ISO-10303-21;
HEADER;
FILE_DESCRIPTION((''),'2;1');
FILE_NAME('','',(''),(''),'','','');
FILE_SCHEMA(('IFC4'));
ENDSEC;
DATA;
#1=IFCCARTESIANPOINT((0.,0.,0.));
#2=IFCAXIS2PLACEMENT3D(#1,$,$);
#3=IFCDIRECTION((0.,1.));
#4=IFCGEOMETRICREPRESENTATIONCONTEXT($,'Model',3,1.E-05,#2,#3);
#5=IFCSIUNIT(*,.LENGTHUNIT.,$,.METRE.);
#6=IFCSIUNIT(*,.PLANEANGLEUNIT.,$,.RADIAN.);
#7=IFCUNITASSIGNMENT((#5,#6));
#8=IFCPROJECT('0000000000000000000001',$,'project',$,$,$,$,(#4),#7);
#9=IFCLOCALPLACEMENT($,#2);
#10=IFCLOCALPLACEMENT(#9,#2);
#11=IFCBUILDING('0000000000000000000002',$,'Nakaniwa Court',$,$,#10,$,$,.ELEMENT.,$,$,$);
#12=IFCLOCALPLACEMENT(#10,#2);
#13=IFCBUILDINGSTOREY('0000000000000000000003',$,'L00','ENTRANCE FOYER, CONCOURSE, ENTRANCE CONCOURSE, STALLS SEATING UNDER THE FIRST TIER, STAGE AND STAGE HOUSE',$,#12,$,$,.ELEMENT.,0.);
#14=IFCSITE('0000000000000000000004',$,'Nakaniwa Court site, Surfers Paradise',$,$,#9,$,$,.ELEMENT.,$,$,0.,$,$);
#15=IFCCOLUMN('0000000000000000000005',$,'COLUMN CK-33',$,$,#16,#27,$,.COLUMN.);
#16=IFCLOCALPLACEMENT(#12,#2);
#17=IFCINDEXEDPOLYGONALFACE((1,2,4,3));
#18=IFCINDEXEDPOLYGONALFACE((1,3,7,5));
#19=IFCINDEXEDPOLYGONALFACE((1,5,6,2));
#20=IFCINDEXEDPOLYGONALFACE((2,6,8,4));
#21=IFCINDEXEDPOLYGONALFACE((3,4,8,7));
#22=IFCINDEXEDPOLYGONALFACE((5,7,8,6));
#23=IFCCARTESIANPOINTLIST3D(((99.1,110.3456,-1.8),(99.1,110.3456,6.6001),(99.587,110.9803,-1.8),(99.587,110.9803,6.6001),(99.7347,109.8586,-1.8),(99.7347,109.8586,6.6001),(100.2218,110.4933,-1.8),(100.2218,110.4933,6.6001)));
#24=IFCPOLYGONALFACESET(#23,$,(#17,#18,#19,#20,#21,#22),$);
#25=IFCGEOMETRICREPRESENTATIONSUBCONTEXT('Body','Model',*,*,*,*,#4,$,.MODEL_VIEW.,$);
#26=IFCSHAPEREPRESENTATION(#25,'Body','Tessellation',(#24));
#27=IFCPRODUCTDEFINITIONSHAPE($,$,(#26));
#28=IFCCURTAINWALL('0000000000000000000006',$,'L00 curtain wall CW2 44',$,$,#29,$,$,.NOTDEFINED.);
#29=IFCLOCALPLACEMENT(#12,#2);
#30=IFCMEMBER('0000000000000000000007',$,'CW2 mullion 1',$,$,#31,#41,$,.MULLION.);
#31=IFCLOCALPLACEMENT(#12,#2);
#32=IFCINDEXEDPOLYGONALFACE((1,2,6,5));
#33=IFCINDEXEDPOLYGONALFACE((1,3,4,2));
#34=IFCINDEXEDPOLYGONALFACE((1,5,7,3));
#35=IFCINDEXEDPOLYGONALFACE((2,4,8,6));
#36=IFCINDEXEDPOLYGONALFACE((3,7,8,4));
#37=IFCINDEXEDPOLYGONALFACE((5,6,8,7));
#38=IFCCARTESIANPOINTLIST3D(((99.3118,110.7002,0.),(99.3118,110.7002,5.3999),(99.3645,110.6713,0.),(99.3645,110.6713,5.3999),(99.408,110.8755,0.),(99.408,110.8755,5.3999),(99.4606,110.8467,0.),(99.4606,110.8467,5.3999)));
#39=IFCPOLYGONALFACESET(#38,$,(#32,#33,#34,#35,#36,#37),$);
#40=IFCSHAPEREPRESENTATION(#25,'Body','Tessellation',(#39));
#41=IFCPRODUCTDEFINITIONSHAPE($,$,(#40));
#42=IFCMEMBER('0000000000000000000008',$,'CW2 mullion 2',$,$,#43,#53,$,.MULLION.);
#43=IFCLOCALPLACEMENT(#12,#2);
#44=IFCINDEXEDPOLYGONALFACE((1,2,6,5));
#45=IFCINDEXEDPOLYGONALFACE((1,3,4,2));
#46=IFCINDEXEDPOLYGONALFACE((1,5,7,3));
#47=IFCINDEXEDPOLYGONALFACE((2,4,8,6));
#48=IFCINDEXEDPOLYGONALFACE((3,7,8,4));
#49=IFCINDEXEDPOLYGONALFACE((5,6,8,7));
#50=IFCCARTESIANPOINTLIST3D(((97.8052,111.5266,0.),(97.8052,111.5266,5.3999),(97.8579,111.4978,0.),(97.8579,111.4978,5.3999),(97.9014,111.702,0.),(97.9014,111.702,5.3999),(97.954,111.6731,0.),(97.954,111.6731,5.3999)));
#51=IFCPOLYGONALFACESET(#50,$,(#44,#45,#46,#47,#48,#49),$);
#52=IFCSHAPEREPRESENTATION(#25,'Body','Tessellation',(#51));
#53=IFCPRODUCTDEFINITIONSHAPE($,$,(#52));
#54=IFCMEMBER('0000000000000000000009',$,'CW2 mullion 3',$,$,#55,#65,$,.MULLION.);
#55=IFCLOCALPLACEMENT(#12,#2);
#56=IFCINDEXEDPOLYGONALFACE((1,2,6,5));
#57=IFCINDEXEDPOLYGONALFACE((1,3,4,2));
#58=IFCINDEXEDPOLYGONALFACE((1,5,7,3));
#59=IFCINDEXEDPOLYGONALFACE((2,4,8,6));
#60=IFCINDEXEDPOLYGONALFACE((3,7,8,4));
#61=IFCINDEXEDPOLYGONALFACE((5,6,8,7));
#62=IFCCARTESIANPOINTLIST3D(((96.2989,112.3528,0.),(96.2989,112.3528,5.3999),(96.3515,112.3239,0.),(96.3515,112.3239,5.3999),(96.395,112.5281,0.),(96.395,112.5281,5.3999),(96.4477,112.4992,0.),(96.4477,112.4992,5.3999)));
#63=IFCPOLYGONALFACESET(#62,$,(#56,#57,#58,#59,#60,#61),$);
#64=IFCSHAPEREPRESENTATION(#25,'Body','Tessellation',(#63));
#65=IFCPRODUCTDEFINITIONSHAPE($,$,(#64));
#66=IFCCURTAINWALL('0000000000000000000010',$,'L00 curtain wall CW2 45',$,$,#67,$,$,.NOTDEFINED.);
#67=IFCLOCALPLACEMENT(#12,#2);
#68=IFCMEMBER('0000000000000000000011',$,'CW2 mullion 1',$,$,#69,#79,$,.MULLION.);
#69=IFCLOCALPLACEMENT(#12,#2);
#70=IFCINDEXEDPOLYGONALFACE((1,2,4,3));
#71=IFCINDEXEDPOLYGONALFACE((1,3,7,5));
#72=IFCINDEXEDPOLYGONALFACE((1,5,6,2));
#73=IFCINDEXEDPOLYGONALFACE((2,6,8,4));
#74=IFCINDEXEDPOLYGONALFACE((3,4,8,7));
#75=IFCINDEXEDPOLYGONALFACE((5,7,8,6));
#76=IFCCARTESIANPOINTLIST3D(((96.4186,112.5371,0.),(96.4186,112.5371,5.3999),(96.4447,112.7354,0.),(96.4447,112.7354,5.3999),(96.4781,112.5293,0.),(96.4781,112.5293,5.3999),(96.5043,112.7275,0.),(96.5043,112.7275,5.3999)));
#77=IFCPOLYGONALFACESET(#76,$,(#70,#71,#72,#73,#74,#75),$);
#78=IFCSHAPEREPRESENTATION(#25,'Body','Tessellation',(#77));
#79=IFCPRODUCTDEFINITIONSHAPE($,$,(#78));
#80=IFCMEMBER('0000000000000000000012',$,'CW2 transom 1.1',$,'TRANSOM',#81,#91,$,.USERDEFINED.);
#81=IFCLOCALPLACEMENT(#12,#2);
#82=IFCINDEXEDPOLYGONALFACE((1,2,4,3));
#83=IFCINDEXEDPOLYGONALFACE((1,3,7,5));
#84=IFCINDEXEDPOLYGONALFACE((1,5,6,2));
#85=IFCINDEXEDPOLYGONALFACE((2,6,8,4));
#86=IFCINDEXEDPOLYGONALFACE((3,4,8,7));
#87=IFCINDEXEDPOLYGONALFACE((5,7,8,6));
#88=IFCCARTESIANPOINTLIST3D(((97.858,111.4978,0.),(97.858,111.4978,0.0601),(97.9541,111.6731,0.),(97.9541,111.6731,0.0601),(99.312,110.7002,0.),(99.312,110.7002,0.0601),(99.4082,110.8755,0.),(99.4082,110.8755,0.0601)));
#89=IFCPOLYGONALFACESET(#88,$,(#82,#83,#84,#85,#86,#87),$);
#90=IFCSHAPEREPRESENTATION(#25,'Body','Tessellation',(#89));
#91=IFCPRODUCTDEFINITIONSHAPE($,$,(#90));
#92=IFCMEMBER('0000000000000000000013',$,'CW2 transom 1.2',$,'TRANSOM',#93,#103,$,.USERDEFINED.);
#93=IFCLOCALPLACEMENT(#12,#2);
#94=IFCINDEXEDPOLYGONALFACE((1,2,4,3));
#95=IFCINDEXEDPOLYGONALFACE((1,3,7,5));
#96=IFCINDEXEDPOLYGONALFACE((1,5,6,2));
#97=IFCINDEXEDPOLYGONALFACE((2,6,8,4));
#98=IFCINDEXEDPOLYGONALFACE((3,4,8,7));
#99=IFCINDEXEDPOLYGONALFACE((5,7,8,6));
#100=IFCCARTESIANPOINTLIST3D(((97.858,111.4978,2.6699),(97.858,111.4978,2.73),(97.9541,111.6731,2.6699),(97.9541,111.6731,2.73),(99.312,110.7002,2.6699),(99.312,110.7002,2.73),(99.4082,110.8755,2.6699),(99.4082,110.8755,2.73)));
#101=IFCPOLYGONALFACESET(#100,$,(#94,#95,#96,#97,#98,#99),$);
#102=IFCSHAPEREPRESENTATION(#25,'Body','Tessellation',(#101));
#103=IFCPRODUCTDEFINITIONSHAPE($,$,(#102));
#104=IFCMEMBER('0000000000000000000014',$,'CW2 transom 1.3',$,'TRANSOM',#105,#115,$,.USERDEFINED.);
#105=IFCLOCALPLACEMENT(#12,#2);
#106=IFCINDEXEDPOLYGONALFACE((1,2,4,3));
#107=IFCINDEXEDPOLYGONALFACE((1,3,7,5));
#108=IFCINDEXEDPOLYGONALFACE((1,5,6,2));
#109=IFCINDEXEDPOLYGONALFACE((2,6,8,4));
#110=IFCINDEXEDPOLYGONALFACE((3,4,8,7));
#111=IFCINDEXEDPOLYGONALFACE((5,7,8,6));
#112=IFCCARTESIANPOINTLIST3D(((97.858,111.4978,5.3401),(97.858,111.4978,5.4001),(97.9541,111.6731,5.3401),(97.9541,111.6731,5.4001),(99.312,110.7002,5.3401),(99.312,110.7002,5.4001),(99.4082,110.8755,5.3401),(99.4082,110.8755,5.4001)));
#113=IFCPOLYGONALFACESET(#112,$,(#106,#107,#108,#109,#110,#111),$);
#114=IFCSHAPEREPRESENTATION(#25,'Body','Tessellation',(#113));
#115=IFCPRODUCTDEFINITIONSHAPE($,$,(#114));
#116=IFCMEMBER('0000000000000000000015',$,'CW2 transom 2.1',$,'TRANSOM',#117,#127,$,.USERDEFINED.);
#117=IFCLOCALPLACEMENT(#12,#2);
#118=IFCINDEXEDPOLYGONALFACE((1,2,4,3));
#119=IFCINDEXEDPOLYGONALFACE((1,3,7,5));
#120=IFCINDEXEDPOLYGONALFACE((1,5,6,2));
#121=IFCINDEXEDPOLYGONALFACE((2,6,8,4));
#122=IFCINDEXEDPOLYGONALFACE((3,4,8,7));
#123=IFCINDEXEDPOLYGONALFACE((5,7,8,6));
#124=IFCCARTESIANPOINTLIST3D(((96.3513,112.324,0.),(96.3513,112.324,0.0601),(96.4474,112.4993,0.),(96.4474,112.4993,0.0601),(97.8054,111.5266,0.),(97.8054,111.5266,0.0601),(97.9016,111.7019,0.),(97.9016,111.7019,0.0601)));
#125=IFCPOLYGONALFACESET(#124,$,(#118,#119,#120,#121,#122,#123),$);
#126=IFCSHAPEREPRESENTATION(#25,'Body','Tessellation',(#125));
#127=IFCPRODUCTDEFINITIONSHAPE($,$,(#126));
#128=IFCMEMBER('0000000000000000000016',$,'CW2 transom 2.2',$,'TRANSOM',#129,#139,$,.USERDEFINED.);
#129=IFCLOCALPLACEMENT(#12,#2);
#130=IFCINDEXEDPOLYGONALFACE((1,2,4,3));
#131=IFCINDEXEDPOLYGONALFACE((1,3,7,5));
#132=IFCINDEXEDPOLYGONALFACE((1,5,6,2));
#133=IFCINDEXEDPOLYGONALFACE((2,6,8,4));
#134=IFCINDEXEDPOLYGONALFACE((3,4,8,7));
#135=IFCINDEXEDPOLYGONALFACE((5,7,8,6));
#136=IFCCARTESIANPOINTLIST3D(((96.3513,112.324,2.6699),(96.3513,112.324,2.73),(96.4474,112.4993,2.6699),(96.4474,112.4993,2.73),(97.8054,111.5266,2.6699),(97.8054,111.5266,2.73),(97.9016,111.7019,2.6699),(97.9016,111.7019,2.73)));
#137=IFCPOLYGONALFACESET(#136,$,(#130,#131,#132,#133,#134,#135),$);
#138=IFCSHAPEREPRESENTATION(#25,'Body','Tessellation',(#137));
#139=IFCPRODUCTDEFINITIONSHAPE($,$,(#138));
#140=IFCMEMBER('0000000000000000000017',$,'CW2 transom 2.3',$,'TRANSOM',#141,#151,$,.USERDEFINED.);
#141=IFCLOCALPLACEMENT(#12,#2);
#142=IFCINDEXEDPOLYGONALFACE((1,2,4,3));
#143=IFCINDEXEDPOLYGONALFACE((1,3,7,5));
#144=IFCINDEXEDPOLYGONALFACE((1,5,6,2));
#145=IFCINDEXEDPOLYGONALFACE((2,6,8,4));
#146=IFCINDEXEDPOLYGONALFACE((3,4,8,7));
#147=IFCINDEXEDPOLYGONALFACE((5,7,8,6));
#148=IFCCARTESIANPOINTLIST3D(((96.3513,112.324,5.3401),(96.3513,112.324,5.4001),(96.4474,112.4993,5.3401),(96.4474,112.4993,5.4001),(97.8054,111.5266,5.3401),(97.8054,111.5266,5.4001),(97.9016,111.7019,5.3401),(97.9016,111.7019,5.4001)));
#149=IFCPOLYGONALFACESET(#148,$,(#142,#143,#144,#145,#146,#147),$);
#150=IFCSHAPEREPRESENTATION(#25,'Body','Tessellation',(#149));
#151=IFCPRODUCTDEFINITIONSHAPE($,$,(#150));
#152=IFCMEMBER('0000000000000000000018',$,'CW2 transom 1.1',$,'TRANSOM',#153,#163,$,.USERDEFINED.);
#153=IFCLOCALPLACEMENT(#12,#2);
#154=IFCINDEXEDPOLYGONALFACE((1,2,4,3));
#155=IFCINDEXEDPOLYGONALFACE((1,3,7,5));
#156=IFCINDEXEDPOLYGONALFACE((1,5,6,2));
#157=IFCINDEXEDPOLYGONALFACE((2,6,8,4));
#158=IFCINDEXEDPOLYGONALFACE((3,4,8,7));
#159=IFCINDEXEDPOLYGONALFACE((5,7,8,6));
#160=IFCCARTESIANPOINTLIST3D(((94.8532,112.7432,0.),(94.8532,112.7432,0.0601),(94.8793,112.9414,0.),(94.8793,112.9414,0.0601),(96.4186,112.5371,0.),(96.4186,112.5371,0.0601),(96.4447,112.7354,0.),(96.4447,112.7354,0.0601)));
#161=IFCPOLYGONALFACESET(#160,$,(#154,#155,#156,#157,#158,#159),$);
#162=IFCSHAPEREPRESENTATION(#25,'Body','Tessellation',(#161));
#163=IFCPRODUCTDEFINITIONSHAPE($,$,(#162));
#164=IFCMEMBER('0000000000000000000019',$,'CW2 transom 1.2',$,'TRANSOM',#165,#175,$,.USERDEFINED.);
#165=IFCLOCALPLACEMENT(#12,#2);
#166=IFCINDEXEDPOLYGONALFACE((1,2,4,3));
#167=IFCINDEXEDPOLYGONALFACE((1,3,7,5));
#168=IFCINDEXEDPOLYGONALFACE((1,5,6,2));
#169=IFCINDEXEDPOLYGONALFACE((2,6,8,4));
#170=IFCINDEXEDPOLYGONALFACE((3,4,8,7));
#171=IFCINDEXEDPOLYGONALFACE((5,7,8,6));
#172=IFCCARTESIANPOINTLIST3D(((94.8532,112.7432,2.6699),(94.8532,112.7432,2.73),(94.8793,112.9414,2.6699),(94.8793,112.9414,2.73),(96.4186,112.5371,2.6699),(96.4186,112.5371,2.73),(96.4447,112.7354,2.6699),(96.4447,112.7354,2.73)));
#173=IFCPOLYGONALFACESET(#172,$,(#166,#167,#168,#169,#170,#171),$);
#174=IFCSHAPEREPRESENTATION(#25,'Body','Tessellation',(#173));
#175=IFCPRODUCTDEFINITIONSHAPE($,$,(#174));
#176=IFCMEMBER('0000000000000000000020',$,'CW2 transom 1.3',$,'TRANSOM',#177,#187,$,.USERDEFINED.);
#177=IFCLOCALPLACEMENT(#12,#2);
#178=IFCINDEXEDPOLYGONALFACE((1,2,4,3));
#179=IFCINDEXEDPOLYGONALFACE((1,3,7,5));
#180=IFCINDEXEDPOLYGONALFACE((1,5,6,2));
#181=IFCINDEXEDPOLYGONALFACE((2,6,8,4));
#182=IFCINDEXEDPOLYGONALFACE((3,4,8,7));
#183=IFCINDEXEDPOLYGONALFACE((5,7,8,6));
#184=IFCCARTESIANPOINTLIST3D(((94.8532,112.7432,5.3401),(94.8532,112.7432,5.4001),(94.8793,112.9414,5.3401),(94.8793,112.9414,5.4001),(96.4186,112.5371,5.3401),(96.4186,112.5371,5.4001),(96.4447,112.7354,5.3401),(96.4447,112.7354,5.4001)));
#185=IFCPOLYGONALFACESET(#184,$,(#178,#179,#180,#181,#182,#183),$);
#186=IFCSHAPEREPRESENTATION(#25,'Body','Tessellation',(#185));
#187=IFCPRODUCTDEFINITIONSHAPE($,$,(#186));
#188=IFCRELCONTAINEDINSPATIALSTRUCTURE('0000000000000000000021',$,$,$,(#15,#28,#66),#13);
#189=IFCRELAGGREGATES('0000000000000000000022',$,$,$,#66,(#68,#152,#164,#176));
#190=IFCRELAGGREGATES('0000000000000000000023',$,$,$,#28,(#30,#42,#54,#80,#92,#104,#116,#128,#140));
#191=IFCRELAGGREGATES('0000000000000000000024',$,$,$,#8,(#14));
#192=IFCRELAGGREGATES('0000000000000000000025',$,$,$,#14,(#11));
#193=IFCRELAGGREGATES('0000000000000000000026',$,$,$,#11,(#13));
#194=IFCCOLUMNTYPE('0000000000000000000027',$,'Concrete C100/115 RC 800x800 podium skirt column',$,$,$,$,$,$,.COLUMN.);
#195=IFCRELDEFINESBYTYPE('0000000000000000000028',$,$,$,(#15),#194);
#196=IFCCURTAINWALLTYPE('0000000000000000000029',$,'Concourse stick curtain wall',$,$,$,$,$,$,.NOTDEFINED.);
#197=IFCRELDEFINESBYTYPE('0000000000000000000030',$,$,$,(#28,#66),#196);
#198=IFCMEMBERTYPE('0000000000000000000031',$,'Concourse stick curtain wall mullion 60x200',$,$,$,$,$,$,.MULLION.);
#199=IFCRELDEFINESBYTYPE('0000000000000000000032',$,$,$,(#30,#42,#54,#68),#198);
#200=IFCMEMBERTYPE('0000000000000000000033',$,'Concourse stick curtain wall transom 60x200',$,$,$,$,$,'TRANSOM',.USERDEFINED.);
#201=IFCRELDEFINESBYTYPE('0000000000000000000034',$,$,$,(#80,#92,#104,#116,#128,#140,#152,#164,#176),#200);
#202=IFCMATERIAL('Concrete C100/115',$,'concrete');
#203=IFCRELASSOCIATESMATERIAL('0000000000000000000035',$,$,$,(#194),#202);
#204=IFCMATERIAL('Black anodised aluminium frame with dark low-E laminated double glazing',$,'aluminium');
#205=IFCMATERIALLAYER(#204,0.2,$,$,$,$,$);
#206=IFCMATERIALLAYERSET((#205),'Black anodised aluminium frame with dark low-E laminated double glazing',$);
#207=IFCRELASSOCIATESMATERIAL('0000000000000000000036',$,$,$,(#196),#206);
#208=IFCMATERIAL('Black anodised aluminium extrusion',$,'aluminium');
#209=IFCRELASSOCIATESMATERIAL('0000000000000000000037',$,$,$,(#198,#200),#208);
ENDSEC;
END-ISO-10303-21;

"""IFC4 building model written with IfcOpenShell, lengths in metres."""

from ifc_helpers import new_model, si_unit, direction, frame, origin, origin_2d, place, context, subcontext, project, spatial, rectangle, extrude, material, layer, layer_set, material_profile, profile_set, type_object, element, aggregate, save


model = new_model("IFC4")

# Units and contexts
model_context = context("Model", 3, precision=1e-05, world=origin(), true_north=direction((0.0, 1.0)))
body_context = subcontext(model_context, "Body", "Model", "MODEL_VIEW")
ifc_project = project(units=[si_unit("LENGTHUNIT", "METRE"), si_unit("PLANEANGLEUNIT", "RADIAN")], contexts=[model_context])

# Site, building, storey
site_placement = place(None, origin())
site = spatial("IfcSite", under=ifc_project, at=site_placement, Name="Nakaniwa Court site, Surfers Paradise", CompositionType="ELEMENT", RefElevation=0.0)
building_placement = place(site_placement, origin())
building = spatial("IfcBuilding", under=site, at=building_placement, Name="Nakaniwa Court", CompositionType="ELEMENT")
storey_placement = place(building_placement, origin())
storey = spatial("IfcBuildingStorey", under=building, at=storey_placement, Name="L00", Description="ENTRANCE FOYER, CONCOURSE, ENTRANCE CONCOURSE, STALLS SEATING UNDER THE FIRST TIER, STAGE AND STAGE HOUSE", CompositionType="ELEMENT", Elevation=0.0)

# Column
ifc_material_1 = material(Name="Concrete C100/115", Category="concrete")
ifc_material_profile_1 = material_profile(ifc_material_1, rectangle(XDim=0.8, YDim=0.8, at=origin_2d()), Name="Concrete C100/115 RC 800x800 podium skirt column")
ifc_profile_set_1 = profile_set([ifc_material_profile_1], Name="Concrete C100/115")
column_type = type_object("IfcColumnType", Name="Concrete C100/115 RC 800x800 podium skirt column", PredefinedType="COLUMN", material=ifc_profile_set_1)
column_placement = place(storey_placement, frame((99.6609, 110.4194, -1.8), z_axis=(0.0, 0.0, 1.0), x_axis=(-0.793353, 0.608761, 0.0)))
element("IfcColumn", 1, at=column_placement, inside=storey, type_object=column_type, Name="COLUMN CK-33", PredefinedType="COLUMN", context=body_context, shape_type="SweptSolid", body=[
    extrude(rectangle(XDim=0.8, YDim=0.8, at=origin_2d()), origin(), (0.0, 0.0, 1.0), 8.4001),
])

# Curtain wall, members
ifc_material_2 = material(Name="Black anodised aluminium frame with dark low-E laminated double glazing", Category="aluminium")
ifc_layer_1 = layer(ifc_material_2, 0.2)
ifc_layer_set_1 = layer_set([ifc_layer_1], Name="Black anodised aluminium frame with dark low-E laminated double glazing")
curtain_wall_type = type_object("IfcCurtainWallType", Name="Concourse stick curtain wall", PredefinedType="NOTDEFINED", material=ifc_layer_set_1)
curtain_wall_1_placement = place(storey_placement, origin())
curtain_wall_1 = element("IfcCurtainWall", 2, at=curtain_wall_1_placement, inside=storey, type_object=curtain_wall_type, Name="L00 curtain wall CW2 44", PredefinedType="NOTDEFINED")
ifc_material_3 = material(Name="Black anodised aluminium extrusion", Category="aluminium")
ifc_material_profile_2 = material_profile(ifc_material_3, rectangle(XDim=0.2, YDim=0.0601, at=origin_2d()), Name="Concourse stick curtain wall mullion 60x200")
ifc_profile_set_2 = profile_set([ifc_material_profile_2], Name="Black anodised aluminium extrusion")
member_type_1 = type_object("IfcMemberType", Name="Concourse stick curtain wall mullion 60x200", PredefinedType="MULLION", material=ifc_profile_set_2)
member_1_placement = place(storey_placement, frame((99.3862, 110.7734, 0.0), z_axis=(0.0, 0.0, 1.0), x_axis=(-0.480879, -0.876787, 0.0)))
member_1 = element("IfcMember", 3, at=member_1_placement, type_object=member_type_1, Name="CW2 mullion 1", PredefinedType="MULLION", context=body_context, shape_type="SweptSolid", body=[
    extrude(rectangle(XDim=0.2, YDim=0.0601, at=origin_2d()), origin(), (0.0, 0.0, 1.0), 5.3999),
])
member_2_placement = place(storey_placement, frame((97.8796, 111.5999, 0.0), z_axis=(0.0, 0.0, 1.0), x_axis=(-0.480879, -0.876787, 0.0)))
member_2 = element("IfcMember", 4, at=member_2_placement, type_object=member_type_1, Name="CW2 mullion 2", PredefinedType="MULLION", context=body_context, shape_type="SweptSolid", body=[
    extrude(rectangle(XDim=0.2, YDim=0.0601, at=origin_2d()), origin(), (0.0, 0.0, 1.0), 5.3999),
])
member_3_placement = place(storey_placement, frame((96.3733, 112.426, 0.0), z_axis=(0.0, 0.0, 1.0), x_axis=(-0.480879, -0.876787, 0.0)))
member_3 = element("IfcMember", 5, at=member_3_placement, type_object=member_type_1, Name="CW2 mullion 3", PredefinedType="MULLION", context=body_context, shape_type="SweptSolid", body=[
    extrude(rectangle(XDim=0.2, YDim=0.0601, at=origin_2d()), origin(), (0.0, 0.0, 1.0), 5.3999),
])

# Curtain wall, member
curtain_wall_2_placement = place(storey_placement, origin())
curtain_wall_2 = element("IfcCurtainWall", 6, at=curtain_wall_2_placement, inside=storey, type_object=curtain_wall_type, Name="L00 curtain wall CW2 45", PredefinedType="NOTDEFINED")
member_4_placement = place(storey_placement, frame((96.4614, 112.6323, 0.0), z_axis=(0.0, 0.0, 1.0), x_axis=(-0.130552, -0.991441, 0.0)))
member_4 = element("IfcMember", 7, at=member_4_placement, type_object=member_type_1, Name="CW2 mullion 1", PredefinedType="MULLION", context=body_context, shape_type="SweptSolid", body=[
    extrude(rectangle(XDim=0.2, YDim=0.0601, at=origin_2d()), origin(), (0.0, 0.0, 1.0), 5.3999),
])

# Members
ifc_material_profile_3 = material_profile(ifc_material_3, rectangle(XDim=0.2, YDim=0.0601, at=origin_2d()), Name="Concourse stick curtain wall transom 60x200")
ifc_profile_set_3 = profile_set([ifc_material_profile_3], Name="Black anodised aluminium extrusion")
member_type_2 = type_object("IfcMemberType", Name="Concourse stick curtain wall transom 60x200", ElementType="TRANSOM", PredefinedType="USERDEFINED", material=ifc_profile_set_3)
member_5_placement = place(storey_placement, frame((99.3601, 110.7878, 0.03), z_axis=(-0.876762, 0.480924, 0.0), x_axis=(-0.480924, -0.876762, 0.0)))
member_5 = element("IfcMember", 8, at=member_5_placement, type_object=member_type_2, Name="CW2 transom 1.1", ObjectType="TRANSOM", PredefinedType="USERDEFINED", context=body_context, shape_type="SweptSolid", body=[
    extrude(rectangle(XDim=0.2, YDim=0.0601, at=origin_2d()), origin(), (0.0, 0.0, 1.0), 1.6584),
])
member_6_placement = place(storey_placement, frame((99.3601, 110.7878, 2.7), z_axis=(-0.876762, 0.480924, 0.0), x_axis=(-0.480924, -0.876762, 0.0)))
member_6 = element("IfcMember", 9, at=member_6_placement, type_object=member_type_2, Name="CW2 transom 1.2", ObjectType="TRANSOM", PredefinedType="USERDEFINED", context=body_context, shape_type="SweptSolid", body=[
    extrude(rectangle(XDim=0.2, YDim=0.0601, at=origin_2d()), origin(), (0.0, 0.0, 1.0), 1.6584),
])
member_7_placement = place(storey_placement, frame((99.3601, 110.7878, 5.3701), z_axis=(-0.876762, 0.480924, 0.0), x_axis=(-0.480924, -0.876762, 0.0)))
member_7 = element("IfcMember", 10, at=member_7_placement, type_object=member_type_2, Name="CW2 transom 1.3", ObjectType="TRANSOM", PredefinedType="USERDEFINED", context=body_context, shape_type="SweptSolid", body=[
    extrude(rectangle(XDim=0.2, YDim=0.0601, at=origin_2d()), origin(), (0.0, 0.0, 1.0), 1.6584),
])
member_8_placement = place(storey_placement, frame((97.8535, 111.6143, 0.03), z_axis=(-0.876824, 0.480811, 0.0), x_axis=(-0.480811, -0.876824, 0.0)))
member_8 = element("IfcMember", 11, at=member_8_placement, type_object=member_type_2, Name="CW2 transom 2.1", ObjectType="TRANSOM", PredefinedType="USERDEFINED", context=body_context, shape_type="SweptSolid", body=[
    extrude(rectangle(XDim=0.2, YDim=0.0601, at=origin_2d()), origin(), (0.0, 0.0, 1.0), 1.6584),
])
member_9_placement = place(storey_placement, frame((97.8535, 111.6143, 2.7), z_axis=(-0.876824, 0.480811, 0.0), x_axis=(-0.480811, -0.876824, 0.0)))
member_9 = element("IfcMember", 12, at=member_9_placement, type_object=member_type_2, Name="CW2 transom 2.2", ObjectType="TRANSOM", PredefinedType="USERDEFINED", context=body_context, shape_type="SweptSolid", body=[
    extrude(rectangle(XDim=0.2, YDim=0.0601, at=origin_2d()), origin(), (0.0, 0.0, 1.0), 1.6584),
])
member_10_placement = place(storey_placement, frame((97.8535, 111.6143, 5.3701), z_axis=(-0.876824, 0.480811, 0.0), x_axis=(-0.480811, -0.876824, 0.0)))
member_10 = element("IfcMember", 13, at=member_10_placement, type_object=member_type_2, Name="CW2 transom 2.3", ObjectType="TRANSOM", PredefinedType="USERDEFINED", context=body_context, shape_type="SweptSolid", body=[
    extrude(rectangle(XDim=0.2, YDim=0.0601, at=origin_2d()), origin(), (0.0, 0.0, 1.0), 1.6584),
])
member_11_placement = place(storey_placement, frame((96.4316, 112.6362, 0.03), z_axis=(-0.991448, 0.130503, 0.0), x_axis=(-0.130503, -0.991448, 0.0)))
member_11 = element("IfcMember", 14, at=member_11_placement, type_object=member_type_2, Name="CW2 transom 1.1", ObjectType="TRANSOM", PredefinedType="USERDEFINED", context=body_context, shape_type="SweptSolid", body=[
    extrude(rectangle(XDim=0.2, YDim=0.0601, at=origin_2d()), origin(), (0.0, 0.0, 1.0), 1.5789),
])
member_12_placement = place(storey_placement, frame((96.4316, 112.6362, 2.7), z_axis=(-0.991448, 0.130503, 0.0), x_axis=(-0.130503, -0.991448, 0.0)))
member_12 = element("IfcMember", 15, at=member_12_placement, type_object=member_type_2, Name="CW2 transom 1.2", ObjectType="TRANSOM", PredefinedType="USERDEFINED", context=body_context, shape_type="SweptSolid", body=[
    extrude(rectangle(XDim=0.2, YDim=0.0601, at=origin_2d()), origin(), (0.0, 0.0, 1.0), 1.5789),
])
member_13_placement = place(storey_placement, frame((96.4316, 112.6362, 5.3701), z_axis=(-0.991448, 0.130503, 0.0), x_axis=(-0.130503, -0.991448, 0.0)))
member_13 = element("IfcMember", 16, at=member_13_placement, type_object=member_type_2, Name="CW2 transom 1.3", ObjectType="TRANSOM", PredefinedType="USERDEFINED", context=body_context, shape_type="SweptSolid", body=[
    extrude(rectangle(XDim=0.2, YDim=0.0601, at=origin_2d()), origin(), (0.0, 0.0, 1.0), 1.5789),
])
aggregate(curtain_wall_2, [member_4, member_11, member_12, member_13])

aggregate(curtain_wall_1, [member_1, member_2, member_3, member_5, member_6, member_7, member_8, member_9, member_10])

save(model, "model.ifc")
